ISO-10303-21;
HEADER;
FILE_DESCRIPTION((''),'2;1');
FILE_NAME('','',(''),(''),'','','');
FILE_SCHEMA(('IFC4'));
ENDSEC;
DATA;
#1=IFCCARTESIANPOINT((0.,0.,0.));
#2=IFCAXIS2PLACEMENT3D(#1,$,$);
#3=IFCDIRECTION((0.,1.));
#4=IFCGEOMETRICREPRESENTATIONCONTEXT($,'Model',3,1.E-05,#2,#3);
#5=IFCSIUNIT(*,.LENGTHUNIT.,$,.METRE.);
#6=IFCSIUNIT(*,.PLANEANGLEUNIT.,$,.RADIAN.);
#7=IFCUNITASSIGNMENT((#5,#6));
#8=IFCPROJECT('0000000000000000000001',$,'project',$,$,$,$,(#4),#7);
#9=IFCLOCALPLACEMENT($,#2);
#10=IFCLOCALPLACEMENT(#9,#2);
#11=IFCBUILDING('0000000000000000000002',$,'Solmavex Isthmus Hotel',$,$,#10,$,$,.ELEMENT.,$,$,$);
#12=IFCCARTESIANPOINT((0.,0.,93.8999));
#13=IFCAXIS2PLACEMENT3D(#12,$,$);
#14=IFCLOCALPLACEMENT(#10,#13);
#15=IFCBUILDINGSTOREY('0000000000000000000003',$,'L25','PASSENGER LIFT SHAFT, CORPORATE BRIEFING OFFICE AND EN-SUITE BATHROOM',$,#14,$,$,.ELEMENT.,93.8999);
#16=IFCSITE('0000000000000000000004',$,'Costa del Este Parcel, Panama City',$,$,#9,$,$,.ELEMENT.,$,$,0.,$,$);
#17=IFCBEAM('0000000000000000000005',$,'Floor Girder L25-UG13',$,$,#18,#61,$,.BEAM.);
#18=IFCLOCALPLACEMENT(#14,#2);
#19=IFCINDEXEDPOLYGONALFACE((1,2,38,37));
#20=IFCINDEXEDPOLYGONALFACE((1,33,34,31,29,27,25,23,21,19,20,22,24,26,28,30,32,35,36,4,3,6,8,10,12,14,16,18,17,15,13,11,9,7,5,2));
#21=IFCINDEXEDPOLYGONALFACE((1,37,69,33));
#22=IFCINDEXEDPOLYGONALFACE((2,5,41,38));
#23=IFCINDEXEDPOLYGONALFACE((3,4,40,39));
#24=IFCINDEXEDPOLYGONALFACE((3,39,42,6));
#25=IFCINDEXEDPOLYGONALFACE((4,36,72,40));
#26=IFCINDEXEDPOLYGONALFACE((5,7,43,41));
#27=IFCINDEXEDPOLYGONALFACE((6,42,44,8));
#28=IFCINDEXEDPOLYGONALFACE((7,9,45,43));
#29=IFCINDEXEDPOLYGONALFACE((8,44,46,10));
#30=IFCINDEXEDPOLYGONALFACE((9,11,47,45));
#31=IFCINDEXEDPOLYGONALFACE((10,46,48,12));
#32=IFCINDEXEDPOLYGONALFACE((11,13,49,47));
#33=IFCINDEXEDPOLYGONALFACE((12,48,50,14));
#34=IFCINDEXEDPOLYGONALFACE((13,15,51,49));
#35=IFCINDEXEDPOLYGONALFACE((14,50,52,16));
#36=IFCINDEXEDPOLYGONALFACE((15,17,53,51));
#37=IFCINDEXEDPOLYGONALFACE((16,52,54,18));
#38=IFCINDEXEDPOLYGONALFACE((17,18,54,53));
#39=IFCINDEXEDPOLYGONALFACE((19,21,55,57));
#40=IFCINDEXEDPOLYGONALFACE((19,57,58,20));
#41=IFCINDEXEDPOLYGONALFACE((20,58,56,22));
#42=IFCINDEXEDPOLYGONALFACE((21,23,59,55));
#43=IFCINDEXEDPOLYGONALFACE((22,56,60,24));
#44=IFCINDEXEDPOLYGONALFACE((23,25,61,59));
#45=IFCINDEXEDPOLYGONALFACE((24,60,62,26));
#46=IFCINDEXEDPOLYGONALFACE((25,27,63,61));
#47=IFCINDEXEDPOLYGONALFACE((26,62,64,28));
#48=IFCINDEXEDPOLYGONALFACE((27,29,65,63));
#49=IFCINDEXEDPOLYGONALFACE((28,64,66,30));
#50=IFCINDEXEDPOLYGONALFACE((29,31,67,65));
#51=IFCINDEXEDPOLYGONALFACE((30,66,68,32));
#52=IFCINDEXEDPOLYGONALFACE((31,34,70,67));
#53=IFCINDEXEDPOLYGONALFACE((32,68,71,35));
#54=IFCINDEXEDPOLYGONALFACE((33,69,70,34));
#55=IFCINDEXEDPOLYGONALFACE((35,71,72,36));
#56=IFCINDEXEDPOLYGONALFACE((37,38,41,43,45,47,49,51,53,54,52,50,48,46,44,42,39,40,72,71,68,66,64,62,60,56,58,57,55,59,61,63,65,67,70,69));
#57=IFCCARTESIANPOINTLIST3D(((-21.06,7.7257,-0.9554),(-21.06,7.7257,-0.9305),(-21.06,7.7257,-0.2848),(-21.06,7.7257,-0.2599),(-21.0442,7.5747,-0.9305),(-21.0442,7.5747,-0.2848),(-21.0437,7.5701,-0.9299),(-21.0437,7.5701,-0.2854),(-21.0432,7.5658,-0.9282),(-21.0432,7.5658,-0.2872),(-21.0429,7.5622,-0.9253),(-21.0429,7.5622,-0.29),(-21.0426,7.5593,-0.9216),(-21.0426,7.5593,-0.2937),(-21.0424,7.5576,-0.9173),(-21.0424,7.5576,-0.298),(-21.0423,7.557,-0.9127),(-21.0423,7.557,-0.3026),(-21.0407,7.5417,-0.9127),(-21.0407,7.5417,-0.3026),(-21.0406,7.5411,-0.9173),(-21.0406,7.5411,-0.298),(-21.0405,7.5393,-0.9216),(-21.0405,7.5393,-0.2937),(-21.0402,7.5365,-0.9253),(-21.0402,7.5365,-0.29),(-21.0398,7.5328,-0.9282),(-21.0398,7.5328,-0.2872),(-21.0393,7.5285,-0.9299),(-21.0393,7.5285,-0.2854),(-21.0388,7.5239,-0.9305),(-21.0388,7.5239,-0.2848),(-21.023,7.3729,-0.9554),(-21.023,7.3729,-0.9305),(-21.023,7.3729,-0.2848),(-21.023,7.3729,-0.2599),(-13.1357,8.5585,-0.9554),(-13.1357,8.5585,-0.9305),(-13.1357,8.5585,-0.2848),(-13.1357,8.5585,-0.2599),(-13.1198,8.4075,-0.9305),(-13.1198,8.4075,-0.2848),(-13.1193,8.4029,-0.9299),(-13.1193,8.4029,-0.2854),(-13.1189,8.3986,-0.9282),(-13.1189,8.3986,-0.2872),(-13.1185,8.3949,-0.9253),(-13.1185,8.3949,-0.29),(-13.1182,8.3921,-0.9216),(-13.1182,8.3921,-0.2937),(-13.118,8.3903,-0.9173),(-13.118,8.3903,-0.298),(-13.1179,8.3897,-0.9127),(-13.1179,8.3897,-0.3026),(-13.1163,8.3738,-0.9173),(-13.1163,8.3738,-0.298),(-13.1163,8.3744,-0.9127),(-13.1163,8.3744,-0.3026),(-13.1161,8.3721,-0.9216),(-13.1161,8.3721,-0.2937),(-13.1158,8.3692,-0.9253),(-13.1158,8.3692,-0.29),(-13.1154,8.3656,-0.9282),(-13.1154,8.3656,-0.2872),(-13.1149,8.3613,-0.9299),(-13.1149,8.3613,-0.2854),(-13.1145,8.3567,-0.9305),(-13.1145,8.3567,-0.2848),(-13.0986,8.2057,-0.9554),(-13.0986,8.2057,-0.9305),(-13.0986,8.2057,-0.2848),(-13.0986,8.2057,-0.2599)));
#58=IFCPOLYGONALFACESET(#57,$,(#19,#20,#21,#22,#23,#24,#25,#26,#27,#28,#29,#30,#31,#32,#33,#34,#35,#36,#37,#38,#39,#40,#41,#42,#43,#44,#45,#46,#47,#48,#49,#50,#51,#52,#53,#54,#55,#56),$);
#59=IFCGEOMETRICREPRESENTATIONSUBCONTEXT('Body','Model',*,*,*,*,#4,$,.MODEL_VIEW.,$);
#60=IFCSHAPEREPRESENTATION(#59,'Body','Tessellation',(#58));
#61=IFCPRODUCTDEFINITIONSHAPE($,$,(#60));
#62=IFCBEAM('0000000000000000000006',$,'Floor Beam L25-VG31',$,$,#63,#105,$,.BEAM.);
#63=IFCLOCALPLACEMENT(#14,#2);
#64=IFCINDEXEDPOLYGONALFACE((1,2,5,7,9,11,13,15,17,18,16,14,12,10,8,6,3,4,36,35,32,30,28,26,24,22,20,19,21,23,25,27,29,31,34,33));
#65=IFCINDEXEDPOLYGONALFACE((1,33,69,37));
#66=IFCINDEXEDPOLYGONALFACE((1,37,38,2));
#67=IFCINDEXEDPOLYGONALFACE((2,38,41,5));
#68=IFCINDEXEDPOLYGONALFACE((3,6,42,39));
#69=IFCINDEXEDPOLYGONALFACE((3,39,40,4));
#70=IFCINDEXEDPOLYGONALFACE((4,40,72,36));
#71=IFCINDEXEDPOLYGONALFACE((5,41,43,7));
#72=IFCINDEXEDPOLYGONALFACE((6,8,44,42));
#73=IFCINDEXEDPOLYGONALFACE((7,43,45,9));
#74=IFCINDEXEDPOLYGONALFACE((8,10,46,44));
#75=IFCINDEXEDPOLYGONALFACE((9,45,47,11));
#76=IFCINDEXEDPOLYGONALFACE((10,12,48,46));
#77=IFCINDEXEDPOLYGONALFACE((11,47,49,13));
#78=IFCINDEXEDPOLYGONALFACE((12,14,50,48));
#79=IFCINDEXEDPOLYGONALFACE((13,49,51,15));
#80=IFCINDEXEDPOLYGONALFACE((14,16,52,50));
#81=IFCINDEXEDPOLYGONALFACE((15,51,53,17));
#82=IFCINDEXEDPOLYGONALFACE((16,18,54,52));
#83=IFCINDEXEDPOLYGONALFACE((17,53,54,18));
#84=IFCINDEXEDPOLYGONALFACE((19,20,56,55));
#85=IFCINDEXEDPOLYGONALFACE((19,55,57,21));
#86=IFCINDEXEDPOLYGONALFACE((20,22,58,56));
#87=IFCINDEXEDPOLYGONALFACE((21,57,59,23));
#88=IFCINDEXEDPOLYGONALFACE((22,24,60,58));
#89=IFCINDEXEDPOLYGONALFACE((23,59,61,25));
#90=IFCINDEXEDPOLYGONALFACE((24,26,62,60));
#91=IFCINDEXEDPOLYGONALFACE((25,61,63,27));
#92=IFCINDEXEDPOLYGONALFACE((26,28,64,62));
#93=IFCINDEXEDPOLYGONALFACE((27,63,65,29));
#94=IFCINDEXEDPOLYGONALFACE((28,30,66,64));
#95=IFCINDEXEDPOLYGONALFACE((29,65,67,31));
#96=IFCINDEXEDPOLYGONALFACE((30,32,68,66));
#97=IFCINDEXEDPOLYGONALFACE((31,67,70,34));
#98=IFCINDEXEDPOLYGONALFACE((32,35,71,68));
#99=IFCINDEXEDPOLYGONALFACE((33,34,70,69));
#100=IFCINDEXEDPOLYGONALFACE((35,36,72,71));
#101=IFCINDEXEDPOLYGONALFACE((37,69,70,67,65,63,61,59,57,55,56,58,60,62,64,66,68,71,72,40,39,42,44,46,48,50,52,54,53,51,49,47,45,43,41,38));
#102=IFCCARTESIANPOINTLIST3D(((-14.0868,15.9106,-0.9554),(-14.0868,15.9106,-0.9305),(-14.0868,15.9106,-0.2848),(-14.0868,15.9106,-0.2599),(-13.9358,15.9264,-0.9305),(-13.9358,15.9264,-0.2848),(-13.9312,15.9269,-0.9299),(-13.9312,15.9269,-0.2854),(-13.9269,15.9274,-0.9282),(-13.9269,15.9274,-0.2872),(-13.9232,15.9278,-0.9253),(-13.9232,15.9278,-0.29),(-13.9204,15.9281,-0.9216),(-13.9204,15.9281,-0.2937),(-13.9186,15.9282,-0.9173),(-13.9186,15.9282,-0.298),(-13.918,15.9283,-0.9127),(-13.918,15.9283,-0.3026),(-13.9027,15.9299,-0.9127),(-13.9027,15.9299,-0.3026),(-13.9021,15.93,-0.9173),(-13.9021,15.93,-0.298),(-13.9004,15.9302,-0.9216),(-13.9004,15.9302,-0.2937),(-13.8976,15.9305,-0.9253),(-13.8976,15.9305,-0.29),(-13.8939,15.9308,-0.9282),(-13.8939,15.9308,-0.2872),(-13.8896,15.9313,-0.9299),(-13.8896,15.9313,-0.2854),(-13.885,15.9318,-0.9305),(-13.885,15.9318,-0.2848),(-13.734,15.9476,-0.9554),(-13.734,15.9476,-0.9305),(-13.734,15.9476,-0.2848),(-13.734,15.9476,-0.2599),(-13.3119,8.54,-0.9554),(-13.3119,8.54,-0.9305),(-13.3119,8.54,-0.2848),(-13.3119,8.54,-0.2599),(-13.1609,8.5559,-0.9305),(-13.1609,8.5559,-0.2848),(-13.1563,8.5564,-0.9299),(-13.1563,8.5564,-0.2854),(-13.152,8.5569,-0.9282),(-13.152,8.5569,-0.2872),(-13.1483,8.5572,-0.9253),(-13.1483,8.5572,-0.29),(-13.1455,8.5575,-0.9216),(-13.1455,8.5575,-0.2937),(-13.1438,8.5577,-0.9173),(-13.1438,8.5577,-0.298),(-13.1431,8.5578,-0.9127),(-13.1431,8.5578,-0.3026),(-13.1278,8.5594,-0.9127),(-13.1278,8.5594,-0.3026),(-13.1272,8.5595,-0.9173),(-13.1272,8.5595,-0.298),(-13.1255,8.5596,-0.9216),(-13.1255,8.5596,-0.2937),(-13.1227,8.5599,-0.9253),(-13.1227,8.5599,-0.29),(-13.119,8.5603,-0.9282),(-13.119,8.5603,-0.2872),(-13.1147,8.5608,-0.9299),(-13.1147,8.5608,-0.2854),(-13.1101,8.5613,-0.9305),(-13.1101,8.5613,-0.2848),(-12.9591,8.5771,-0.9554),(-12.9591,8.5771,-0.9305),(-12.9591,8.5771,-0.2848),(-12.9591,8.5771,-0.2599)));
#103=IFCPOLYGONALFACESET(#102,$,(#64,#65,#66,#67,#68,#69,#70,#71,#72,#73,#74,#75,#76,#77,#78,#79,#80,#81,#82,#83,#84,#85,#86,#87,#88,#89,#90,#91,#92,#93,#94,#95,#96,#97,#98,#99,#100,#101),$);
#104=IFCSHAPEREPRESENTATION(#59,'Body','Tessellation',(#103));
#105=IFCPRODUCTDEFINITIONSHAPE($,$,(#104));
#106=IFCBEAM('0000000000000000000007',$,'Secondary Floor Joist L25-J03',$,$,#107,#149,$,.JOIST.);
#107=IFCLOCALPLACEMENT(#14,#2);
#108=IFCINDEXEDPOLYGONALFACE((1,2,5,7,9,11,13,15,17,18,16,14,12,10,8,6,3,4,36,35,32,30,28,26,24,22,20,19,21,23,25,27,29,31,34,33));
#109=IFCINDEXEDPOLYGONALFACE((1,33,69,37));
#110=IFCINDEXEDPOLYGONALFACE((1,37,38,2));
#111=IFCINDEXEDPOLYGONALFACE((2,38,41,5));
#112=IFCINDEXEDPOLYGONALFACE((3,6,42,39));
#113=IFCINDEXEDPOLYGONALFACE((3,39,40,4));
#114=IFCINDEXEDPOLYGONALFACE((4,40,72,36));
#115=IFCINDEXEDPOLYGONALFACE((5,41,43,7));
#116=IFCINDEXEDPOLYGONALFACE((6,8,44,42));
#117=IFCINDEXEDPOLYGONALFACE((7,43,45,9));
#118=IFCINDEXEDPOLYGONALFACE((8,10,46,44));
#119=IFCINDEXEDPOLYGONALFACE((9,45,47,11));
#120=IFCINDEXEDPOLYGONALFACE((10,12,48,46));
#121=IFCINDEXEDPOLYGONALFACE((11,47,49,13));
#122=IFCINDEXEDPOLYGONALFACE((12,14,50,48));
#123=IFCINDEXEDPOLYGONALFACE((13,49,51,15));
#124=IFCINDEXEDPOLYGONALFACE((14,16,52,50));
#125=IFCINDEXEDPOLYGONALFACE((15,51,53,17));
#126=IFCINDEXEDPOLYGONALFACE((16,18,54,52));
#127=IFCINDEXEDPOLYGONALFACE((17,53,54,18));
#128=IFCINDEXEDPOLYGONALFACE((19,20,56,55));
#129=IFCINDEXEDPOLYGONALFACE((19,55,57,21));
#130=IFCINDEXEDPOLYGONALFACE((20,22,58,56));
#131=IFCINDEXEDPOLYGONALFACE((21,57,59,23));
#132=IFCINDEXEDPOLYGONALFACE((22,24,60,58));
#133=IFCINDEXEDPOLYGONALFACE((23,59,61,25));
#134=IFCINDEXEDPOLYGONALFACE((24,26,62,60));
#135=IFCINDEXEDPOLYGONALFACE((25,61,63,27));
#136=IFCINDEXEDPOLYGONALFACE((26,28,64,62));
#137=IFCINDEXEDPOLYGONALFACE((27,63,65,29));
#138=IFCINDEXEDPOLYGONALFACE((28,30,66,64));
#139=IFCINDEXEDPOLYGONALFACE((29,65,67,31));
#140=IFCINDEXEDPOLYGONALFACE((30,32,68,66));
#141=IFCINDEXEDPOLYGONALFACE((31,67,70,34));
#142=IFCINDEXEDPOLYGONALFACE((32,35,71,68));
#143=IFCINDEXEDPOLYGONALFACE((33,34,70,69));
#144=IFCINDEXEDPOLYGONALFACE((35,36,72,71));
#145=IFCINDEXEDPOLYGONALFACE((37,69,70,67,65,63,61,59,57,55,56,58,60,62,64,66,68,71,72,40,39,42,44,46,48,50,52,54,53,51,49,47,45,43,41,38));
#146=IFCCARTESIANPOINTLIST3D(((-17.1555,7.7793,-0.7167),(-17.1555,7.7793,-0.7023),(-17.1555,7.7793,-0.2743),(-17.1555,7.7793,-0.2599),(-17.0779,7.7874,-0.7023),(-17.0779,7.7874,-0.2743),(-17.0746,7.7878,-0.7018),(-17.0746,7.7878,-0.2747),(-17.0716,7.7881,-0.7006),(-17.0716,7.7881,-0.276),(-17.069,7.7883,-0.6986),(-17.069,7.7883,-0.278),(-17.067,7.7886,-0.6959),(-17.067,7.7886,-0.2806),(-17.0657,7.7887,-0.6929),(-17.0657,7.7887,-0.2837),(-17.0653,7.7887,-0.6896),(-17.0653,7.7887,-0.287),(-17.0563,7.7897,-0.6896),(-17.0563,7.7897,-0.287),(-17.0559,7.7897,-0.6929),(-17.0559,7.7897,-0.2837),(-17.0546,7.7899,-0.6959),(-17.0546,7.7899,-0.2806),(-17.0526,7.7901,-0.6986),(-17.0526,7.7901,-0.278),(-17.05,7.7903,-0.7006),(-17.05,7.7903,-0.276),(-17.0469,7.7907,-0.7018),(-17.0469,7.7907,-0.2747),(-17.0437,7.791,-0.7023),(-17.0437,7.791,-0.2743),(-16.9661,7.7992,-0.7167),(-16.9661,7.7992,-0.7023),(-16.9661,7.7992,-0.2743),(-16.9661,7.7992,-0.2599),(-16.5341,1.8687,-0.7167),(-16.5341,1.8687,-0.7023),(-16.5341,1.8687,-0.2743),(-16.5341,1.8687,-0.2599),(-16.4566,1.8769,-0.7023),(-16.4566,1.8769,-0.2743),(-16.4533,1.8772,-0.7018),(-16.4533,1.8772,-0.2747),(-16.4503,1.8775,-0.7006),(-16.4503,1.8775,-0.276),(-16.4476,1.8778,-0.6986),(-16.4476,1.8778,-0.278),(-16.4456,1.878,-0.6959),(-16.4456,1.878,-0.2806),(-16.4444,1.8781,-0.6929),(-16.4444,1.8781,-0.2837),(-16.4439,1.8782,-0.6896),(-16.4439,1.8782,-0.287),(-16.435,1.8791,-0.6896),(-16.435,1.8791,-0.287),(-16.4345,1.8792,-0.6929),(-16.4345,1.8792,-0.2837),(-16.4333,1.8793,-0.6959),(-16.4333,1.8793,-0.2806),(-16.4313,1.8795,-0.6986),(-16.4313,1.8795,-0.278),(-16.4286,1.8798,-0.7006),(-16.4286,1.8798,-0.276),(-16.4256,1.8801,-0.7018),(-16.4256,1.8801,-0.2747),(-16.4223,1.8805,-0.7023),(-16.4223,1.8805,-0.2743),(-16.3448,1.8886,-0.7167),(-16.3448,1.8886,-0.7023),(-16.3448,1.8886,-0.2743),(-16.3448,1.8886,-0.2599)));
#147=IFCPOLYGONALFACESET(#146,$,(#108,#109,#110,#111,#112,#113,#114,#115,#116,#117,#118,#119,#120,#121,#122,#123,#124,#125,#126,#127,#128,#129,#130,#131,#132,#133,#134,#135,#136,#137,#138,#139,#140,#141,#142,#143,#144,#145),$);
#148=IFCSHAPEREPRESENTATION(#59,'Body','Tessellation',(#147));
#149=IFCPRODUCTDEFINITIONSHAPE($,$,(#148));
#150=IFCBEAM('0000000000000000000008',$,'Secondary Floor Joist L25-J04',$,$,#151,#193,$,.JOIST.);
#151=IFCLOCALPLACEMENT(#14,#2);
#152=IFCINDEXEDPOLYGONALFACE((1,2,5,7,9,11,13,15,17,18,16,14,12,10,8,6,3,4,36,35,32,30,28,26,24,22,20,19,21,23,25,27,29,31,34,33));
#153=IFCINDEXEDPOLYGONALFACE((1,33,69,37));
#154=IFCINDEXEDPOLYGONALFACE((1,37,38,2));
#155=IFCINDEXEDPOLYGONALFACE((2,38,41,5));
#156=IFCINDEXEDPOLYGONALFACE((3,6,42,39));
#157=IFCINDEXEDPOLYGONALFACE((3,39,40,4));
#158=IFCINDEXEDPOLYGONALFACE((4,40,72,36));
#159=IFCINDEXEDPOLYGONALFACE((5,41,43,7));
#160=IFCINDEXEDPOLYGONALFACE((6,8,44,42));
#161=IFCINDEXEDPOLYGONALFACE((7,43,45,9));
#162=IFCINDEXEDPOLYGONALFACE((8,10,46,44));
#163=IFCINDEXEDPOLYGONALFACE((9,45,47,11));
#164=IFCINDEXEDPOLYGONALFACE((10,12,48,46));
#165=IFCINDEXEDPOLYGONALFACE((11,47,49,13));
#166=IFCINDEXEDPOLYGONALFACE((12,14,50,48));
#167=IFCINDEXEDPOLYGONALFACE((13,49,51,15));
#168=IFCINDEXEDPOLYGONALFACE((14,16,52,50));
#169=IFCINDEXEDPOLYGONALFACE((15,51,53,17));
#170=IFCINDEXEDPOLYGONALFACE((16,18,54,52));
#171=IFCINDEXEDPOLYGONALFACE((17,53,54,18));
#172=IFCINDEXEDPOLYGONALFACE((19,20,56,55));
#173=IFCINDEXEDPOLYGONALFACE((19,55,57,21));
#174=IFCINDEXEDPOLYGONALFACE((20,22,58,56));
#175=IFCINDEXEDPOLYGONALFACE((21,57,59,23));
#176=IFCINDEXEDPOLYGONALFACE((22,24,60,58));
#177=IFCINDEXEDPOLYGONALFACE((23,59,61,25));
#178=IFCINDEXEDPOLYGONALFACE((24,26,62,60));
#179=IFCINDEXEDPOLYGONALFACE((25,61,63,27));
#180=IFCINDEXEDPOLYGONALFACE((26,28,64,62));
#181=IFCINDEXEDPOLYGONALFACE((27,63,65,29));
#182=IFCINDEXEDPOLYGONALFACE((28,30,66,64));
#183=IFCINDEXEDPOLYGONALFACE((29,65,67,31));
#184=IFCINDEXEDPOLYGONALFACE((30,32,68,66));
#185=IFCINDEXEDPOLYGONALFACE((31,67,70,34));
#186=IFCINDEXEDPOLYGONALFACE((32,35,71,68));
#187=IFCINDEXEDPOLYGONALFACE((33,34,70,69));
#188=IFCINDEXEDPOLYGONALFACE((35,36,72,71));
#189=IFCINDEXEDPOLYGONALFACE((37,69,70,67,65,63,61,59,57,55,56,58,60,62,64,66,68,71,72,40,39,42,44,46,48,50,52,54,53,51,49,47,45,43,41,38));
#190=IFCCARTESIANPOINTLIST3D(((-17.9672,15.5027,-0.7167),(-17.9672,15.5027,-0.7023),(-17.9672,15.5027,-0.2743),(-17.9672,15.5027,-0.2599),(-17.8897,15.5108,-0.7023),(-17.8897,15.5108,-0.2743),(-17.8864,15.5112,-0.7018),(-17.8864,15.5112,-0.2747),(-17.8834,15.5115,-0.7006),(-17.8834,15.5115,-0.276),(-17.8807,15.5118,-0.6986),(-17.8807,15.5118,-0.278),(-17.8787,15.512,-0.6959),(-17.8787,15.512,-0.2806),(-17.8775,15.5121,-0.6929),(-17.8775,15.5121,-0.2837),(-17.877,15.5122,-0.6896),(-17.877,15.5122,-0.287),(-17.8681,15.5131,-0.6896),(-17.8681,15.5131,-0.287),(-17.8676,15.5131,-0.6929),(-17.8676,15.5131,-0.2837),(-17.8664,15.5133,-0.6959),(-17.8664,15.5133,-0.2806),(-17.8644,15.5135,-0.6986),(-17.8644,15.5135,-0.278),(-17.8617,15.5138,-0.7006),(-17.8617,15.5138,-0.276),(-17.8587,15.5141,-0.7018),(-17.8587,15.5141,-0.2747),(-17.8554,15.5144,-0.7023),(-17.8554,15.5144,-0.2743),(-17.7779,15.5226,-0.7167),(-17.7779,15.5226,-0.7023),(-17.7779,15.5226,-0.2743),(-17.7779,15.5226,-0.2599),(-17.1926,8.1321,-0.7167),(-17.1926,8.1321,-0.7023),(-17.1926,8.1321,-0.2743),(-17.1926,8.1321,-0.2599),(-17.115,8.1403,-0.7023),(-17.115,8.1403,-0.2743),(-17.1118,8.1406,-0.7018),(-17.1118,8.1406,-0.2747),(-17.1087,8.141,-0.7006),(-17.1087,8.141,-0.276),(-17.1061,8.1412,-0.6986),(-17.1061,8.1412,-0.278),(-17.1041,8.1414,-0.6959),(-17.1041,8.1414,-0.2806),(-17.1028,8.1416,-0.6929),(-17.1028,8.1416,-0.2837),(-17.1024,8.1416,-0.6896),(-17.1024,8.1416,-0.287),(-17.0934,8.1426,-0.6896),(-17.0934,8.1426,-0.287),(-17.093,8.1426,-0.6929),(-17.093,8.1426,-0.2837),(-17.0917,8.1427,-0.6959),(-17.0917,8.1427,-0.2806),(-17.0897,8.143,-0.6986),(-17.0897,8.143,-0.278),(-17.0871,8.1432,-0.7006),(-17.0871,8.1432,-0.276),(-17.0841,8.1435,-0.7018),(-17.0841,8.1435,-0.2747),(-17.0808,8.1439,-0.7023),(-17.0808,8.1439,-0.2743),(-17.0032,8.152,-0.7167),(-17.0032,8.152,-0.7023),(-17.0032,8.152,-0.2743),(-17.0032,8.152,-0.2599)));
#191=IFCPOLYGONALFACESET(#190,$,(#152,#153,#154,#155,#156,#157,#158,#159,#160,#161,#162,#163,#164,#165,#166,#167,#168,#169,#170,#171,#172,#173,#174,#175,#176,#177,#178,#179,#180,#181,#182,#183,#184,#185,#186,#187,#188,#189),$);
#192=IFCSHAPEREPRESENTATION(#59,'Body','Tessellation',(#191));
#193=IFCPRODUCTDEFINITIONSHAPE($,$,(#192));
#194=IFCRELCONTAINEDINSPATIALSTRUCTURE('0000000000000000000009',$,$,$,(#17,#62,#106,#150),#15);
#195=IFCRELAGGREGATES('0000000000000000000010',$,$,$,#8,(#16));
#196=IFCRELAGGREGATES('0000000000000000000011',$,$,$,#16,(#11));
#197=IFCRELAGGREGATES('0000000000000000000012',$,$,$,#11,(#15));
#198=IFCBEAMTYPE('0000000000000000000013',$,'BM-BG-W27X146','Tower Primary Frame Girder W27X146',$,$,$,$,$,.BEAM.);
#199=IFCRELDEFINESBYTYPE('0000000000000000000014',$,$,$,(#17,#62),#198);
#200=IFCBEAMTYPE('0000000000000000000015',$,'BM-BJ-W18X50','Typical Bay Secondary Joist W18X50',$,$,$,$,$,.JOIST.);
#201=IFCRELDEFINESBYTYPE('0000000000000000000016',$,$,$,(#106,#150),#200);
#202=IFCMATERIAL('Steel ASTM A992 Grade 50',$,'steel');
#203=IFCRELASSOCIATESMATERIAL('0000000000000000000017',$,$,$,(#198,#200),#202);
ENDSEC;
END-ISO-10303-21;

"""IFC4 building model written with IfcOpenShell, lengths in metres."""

from ifc_helpers import new_model, si_unit, direction, frame, origin, origin_2d, place, context, subcontext, project, spatial, i_section, extrude, material, material_profile, profile_set, type_object, element, save


model = new_model("IFC4")

# Units and contexts
model_context = context("Model", 3, precision=1e-05, world=origin(), true_north=direction((0.0, 1.0)))
body_context = subcontext(model_context, "Body", "Model", "MODEL_VIEW")
ifc_project = project(units=[si_unit("LENGTHUNIT", "METRE"), si_unit("PLANEANGLEUNIT", "RADIAN")], contexts=[model_context])

# Site, building, storey
site_placement = place(None, origin())
site = spatial("IfcSite", under=ifc_project, at=site_placement, Name="Costa del Este Parcel, Panama City", CompositionType="ELEMENT", RefElevation=0.0)
building_placement = place(site_placement, origin())
building = spatial("IfcBuilding", under=site, at=building_placement, Name="Solmavex Isthmus Hotel", CompositionType="ELEMENT")
storey_placement = place(building_placement, frame((0.0, 0.0, 93.8999)))
storey = spatial("IfcBuildingStorey", under=building, at=storey_placement, Name="L25", Description="PASSENGER LIFT SHAFT, CORPORATE BRIEFING OFFICE AND EN-SUITE BATHROOM", CompositionType="ELEMENT", Elevation=93.8999)

# Beams
ifc_material_1 = material(Name="Steel ASTM A992 Grade 50", Category="steel")
ifc_material_profile_1 = material_profile(ifc_material_1, i_section(OverallWidth=0.3547, OverallDepth=0.6956, WebThickness=0.0154, FlangeThickness=0.0249, FilletRadius=0.0178, at=origin_2d()), Name="W27X146")
ifc_profile_set_1 = profile_set([ifc_material_profile_1], Name="Steel ASTM A992 Grade 50")
beam_type_1 = type_object("IfcBeamType", Name="BM-BG-W27X146", Description="Tower Primary Frame Girder W27X146", PredefinedType="BEAM", material=ifc_profile_set_1)
for number, where, z_axis, x_axis, name in (
    (1, (-21.0415, 7.5493, -0.6077), (0.994523, 0.104514, 0.0), (-0.104514, 0.994523, 0.0), "Floor Girder L25-UG13"),
):
    element("IfcBeam", number, at=place(storey_placement, frame(where, z_axis=z_axis, x_axis=x_axis)), inside=storey, type_object=beam_type_1, Name=name, PredefinedType="BEAM", context=body_context, shape_type="SweptSolid", body=[
        extrude(i_section(OverallWidth=0.3547, OverallDepth=0.6956, WebThickness=0.0154, FlangeThickness=0.0249, FilletRadius=0.0178, at=origin_2d()), origin(), (0.0, 0.0, 1.0), 7.968),
    ])
beam_1_placement = place(storey_placement, frame((-13.1355, 8.5586, -0.6077), z_axis=(-0.104558, 0.994519, 0.0), x_axis=(-0.994519, -0.104558, 0.0)))
element("IfcBeam", 2, at=beam_1_placement, inside=storey, type_object=beam_type_1, Name="Floor Beam L25-VG31", PredefinedType="BEAM", context=body_context, shape_type="SweptSolid", body=[
    extrude(i_section(OverallWidth=0.3547, OverallDepth=0.6956, WebThickness=0.0154, FlangeThickness=0.0249, FilletRadius=0.0178, at=origin_2d()), origin(), (0.0, 0.0, 1.0), 7.4111),
])
ifc_material_profile_2 = material_profile(ifc_material_1, i_section(OverallWidth=0.1904, OverallDepth=0.4568, WebThickness=0.009, FlangeThickness=0.0144, FilletRadius=0.0127, at=origin_2d()), Name="W18X50")
ifc_profile_set_2 = profile_set([ifc_material_profile_2], Name="Steel ASTM A992 Grade 50")
beam_type_2 = type_object("IfcBeamType", Name="BM-BJ-W18X50", Description="Typical Bay Secondary Joist W18X50", PredefinedType="JOIST", material=ifc_profile_set_2)
beam_2_placement = place(storey_placement, frame((-16.4395, 1.8787, -0.4883), z_axis=(-0.104546, 0.99452, 0.0), x_axis=(-0.99452, -0.104546, 0.0)))
element("IfcBeam", 3, at=beam_2_placement, inside=storey, type_object=beam_type_2, Name="Secondary Floor Joist L25-J03", PredefinedType="JOIST", context=body_context, shape_type="SweptSolid", body=[
    extrude(i_section(OverallWidth=0.1904, OverallDepth=0.4568, WebThickness=0.009, FlangeThickness=0.0144, FilletRadius=0.0127, at=origin_2d()), origin(), (0.0, 0.0, 1.0), 5.9431),
])
beam_3_placement = place(storey_placement, frame((-17.0979, 8.1421, -0.4883), z_axis=(-0.104525, 0.994522, 0.0), x_axis=(-0.994522, -0.104525, 0.0)))
element("IfcBeam", 4, at=beam_3_placement, inside=storey, type_object=beam_type_2, Name="Secondary Floor Joist L25-J04", PredefinedType="JOIST", context=body_context, shape_type="SweptSolid", body=[
    extrude(i_section(OverallWidth=0.1904, OverallDepth=0.4568, WebThickness=0.009, FlangeThickness=0.0144, FilletRadius=0.0127, at=origin_2d()), origin(), (0.0, 0.0, 1.0), 7.4111),
])

save(model, "model.ifc")
